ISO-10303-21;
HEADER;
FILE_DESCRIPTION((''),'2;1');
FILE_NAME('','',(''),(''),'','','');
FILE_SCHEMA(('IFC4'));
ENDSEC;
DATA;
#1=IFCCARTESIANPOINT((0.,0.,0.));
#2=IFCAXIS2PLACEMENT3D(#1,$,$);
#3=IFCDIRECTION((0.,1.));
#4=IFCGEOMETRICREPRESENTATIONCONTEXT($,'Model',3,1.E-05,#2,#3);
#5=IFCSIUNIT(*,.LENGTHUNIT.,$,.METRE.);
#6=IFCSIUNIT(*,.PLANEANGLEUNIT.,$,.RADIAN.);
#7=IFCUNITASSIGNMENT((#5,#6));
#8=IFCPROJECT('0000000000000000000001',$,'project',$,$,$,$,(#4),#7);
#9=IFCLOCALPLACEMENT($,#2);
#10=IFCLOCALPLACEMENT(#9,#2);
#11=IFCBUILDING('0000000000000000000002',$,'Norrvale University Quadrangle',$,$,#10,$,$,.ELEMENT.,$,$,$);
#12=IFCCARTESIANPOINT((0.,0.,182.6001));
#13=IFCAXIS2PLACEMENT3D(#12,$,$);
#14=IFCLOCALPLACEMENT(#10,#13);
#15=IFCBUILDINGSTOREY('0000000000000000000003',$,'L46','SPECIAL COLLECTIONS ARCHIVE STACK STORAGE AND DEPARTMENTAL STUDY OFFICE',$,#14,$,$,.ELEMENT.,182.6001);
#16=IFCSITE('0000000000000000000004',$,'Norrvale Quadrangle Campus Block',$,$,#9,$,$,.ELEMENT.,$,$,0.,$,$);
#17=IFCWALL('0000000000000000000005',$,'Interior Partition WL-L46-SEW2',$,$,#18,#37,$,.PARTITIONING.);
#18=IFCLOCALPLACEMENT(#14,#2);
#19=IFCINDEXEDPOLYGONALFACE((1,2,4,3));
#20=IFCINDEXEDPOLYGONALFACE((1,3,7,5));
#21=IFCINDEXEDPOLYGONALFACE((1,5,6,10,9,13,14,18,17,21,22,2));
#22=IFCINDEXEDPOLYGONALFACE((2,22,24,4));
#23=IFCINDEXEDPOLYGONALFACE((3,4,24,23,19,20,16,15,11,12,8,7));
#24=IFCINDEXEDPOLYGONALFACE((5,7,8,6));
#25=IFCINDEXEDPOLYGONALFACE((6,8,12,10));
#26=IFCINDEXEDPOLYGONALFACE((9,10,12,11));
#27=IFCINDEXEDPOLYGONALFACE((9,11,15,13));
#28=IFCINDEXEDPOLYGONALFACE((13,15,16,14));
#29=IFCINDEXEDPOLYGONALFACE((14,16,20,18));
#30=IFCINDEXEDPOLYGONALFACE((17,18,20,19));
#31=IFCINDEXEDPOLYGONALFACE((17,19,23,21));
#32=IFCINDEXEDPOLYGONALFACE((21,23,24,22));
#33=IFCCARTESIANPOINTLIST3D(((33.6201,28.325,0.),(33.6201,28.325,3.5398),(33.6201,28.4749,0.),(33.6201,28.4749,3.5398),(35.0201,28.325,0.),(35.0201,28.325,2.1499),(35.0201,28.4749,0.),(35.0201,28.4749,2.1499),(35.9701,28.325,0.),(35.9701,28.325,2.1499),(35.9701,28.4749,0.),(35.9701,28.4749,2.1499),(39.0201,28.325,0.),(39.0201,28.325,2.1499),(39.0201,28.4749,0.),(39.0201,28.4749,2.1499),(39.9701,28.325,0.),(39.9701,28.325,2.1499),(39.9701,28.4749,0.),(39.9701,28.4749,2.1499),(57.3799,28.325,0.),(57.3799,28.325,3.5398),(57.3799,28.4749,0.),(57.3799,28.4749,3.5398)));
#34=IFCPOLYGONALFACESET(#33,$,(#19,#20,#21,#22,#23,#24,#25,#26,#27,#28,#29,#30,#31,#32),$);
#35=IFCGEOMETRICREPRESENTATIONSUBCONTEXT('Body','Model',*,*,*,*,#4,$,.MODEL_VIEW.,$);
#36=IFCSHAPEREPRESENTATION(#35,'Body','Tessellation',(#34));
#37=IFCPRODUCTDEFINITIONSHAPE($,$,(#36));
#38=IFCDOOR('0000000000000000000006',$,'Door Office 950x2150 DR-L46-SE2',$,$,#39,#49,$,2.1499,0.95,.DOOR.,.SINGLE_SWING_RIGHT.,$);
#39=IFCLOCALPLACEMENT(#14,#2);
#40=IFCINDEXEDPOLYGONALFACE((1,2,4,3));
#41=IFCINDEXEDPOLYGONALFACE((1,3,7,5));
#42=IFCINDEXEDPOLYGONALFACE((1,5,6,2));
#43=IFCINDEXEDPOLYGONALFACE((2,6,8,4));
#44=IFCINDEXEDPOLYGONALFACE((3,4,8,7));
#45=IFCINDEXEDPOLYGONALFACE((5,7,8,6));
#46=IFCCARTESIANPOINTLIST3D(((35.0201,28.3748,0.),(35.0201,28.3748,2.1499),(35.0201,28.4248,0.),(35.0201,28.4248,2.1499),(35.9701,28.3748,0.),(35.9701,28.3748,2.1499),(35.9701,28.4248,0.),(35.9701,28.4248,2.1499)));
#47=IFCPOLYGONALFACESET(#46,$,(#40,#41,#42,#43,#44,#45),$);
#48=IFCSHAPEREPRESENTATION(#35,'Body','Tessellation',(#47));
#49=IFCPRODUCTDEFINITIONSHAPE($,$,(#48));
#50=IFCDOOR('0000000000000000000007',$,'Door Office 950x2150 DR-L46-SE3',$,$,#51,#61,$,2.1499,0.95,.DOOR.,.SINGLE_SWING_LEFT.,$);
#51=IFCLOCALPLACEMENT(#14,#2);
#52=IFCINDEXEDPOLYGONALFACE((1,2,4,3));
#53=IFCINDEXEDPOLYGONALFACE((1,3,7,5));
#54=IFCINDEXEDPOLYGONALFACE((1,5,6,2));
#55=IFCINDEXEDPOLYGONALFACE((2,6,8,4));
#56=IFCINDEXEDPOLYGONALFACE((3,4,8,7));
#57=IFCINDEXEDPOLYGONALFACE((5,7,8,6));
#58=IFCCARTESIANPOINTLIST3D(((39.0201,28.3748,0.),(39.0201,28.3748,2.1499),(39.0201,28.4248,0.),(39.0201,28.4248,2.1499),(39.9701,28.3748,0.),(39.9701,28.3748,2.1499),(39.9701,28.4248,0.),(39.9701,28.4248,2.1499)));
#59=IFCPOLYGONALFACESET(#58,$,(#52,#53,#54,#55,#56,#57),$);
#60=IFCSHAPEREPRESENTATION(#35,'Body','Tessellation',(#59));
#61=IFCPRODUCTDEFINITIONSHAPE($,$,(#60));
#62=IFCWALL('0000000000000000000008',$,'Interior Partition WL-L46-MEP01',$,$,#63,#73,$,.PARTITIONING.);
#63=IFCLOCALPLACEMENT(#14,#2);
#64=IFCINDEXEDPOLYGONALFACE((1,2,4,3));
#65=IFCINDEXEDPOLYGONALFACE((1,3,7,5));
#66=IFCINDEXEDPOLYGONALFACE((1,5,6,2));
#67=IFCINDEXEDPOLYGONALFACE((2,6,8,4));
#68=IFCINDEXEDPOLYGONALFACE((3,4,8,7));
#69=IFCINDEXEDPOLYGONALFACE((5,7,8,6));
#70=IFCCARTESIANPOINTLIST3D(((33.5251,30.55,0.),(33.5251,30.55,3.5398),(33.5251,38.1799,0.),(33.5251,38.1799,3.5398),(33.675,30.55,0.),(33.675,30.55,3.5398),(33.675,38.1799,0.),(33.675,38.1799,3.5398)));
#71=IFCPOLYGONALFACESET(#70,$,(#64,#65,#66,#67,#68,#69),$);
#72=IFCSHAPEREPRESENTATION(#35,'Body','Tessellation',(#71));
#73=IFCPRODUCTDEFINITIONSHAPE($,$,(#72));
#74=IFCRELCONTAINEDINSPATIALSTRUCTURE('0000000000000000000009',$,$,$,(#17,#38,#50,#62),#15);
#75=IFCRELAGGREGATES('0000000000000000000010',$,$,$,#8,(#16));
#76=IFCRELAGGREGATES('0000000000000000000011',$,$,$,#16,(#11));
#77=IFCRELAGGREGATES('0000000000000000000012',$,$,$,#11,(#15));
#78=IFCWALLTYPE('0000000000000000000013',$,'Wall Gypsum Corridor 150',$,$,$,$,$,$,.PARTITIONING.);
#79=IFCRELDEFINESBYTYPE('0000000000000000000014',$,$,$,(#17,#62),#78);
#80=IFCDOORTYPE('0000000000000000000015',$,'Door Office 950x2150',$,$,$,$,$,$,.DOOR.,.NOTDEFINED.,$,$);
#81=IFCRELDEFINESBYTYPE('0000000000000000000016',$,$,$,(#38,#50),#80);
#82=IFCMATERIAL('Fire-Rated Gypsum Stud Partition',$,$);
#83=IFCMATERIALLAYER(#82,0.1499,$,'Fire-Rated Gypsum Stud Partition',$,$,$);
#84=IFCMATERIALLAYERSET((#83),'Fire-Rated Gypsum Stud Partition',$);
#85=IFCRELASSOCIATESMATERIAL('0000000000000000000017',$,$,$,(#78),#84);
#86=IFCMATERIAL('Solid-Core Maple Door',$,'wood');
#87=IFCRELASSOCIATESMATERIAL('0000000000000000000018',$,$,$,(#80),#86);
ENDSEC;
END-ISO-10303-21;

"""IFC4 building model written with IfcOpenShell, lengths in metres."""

from ifc_helpers import new_model, si_unit, direction, frame, frame_2d, origin, place, context, subcontext, project, spatial, rectangle, extrude, material, layer, layer_set, type_object, element, fill, save


model = new_model("IFC4")

# Units and contexts
model_context = context("Model", 3, precision=1e-05, world=origin(), true_north=direction((0.0, 1.0)))
body_context = subcontext(model_context, "Body", "Model", "MODEL_VIEW")
ifc_project = project(units=[si_unit("LENGTHUNIT", "METRE"), si_unit("PLANEANGLEUNIT", "RADIAN")], contexts=[model_context])

# Site, building, storey
site_placement = place(None, origin())
site = spatial("IfcSite", under=ifc_project, at=site_placement, Name="Norrvale Quadrangle Campus Block", CompositionType="ELEMENT", RefElevation=0.0)
building_placement = place(site_placement, origin())
building = spatial("IfcBuilding", under=site, at=building_placement, Name="Norrvale University Quadrangle", CompositionType="ELEMENT")
storey_placement = place(building_placement, frame((0.0, 0.0, 182.6001)))
storey = spatial("IfcBuildingStorey", under=building, at=storey_placement, Name="L46", Description="SPECIAL COLLECTIONS ARCHIVE STACK STORAGE AND DEPARTMENTAL STUDY OFFICE", CompositionType="ELEMENT", Elevation=182.6001)

# Shared definitions
ifc_material_1 = material(Name="Fire-Rated Gypsum Stud Partition")
ifc_layer_1 = layer(ifc_material_1, 0.1499, Name="Fire-Rated Gypsum Stud Partition")
ifc_layer_set_1 = layer_set([ifc_layer_1], Name="Fire-Rated Gypsum Stud Partition")
wall_type_1 = type_object("IfcWallType", Name="Wall Gypsum Corridor 150", PredefinedType="PARTITIONING", material=ifc_layer_set_1)

# Wall, openings, doors
wall_1_placement = place(storey_placement, frame((33.6201, 28.3999, 0.0), z_axis=(0.0, 0.0, 1.0), x_axis=(1.0, 0.0, 0.0)))
wall_1 = element("IfcWall", 1, at=wall_1_placement, inside=storey, type_object=wall_type_1, Name="Interior Partition WL-L46-SEW2", PredefinedType="PARTITIONING", context=body_context, shape_type="SweptSolid", body=[
    extrude(rectangle(XDim=23.7598, YDim=0.1499, at=frame_2d((11.8799, 0.0))), origin(), (0.0, 0.0, 1.0), 3.5398),
])
opening_1_placement = place(wall_1_placement, frame((1.3999, 0.0, 0.0)))
opening_1 = element("IfcOpeningElement", 2, at=opening_1_placement, cuts=wall_1, PredefinedType="OPENING", context=body_context, shape_type="SweptSolid", body=[
    extrude(rectangle(XDim=0.95, YDim=2.1499, at=frame_2d((0.4751, 1.075))), frame((0.0, 0.0869, 0.0), z_axis=(0.0, -1.0, 0.0), x_axis=(1.0, 0.0, 0.0)), (0.0, 0.0, 1.0), 0.1738),
])
opening_2_placement = place(wall_1_placement, frame((5.3999, 0.0, 0.0)))
opening_2 = element("IfcOpeningElement", 3, at=opening_2_placement, cuts=wall_1, PredefinedType="OPENING", context=body_context, shape_type="SweptSolid", body=[
    extrude(rectangle(XDim=0.95, YDim=2.1499, at=frame_2d((0.4751, 1.075))), frame((0.0, 0.0869, 0.0), z_axis=(0.0, -1.0, 0.0), x_axis=(1.0, 0.0, 0.0)), (0.0, 0.0, 1.0), 0.1738),
])
ifc_material_2 = material(Name="Solid-Core Maple Door", Category="wood")
door_type = type_object("IfcDoorType", Name="Door Office 950x2150", OperationType="NOTDEFINED", PredefinedType="DOOR", material=ifc_material_2)
door_1_placement = place(opening_1_placement, origin())
door_1 = element("IfcDoor", 4, at=door_1_placement, inside=storey, type_object=door_type, Name="Door Office 950x2150 DR-L46-SE2", OperationType="SINGLE_SWING_RIGHT", OverallHeight=2.1499, OverallWidth=0.95, PredefinedType="DOOR", context=body_context, shape_type="SweptSolid", body=[
    extrude(rectangle(XDim=0.95, YDim=2.1499, at=frame_2d((0.4751, 1.075))), frame((0.0, 0.0249, 0.0), z_axis=(0.0, -1.0, 0.0), x_axis=(1.0, 0.0, 0.0)), (0.0, 0.0, 1.0), 0.05),
])
fill(opening_1, door_1)
door_2_placement = place(opening_2_placement, origin())
door_2 = element("IfcDoor", 5, at=door_2_placement, inside=storey, type_object=door_type, Name="Door Office 950x2150 DR-L46-SE3", OperationType="SINGLE_SWING_LEFT", OverallHeight=2.1499, OverallWidth=0.95, PredefinedType="DOOR", context=body_context, shape_type="SweptSolid", body=[
    extrude(rectangle(XDim=0.95, YDim=2.1499, at=frame_2d((0.4751, 1.075))), frame((0.0, 0.0249, 0.0), z_axis=(0.0, -1.0, 0.0), x_axis=(1.0, 0.0, 0.0)), (0.0, 0.0, 1.0), 0.05),
])
fill(opening_2, door_2)

# Wall
wall_2_placement = place(storey_placement, frame((33.6001, 30.55, 0.0), z_axis=(0.0, 0.0, 1.0), x_axis=(0.0, 1.0, 0.0)))
element("IfcWall", 6, at=wall_2_placement, inside=storey, type_object=wall_type_1, Name="Interior Partition WL-L46-MEP01", PredefinedType="PARTITIONING", context=body_context, shape_type="SweptSolid", body=[
    extrude(rectangle(XDim=7.6299, YDim=0.1499, at=frame_2d((3.8149, 0.0))), origin(), (0.0, 0.0, 1.0), 3.5398),
])

save(model, "model.ifc")
